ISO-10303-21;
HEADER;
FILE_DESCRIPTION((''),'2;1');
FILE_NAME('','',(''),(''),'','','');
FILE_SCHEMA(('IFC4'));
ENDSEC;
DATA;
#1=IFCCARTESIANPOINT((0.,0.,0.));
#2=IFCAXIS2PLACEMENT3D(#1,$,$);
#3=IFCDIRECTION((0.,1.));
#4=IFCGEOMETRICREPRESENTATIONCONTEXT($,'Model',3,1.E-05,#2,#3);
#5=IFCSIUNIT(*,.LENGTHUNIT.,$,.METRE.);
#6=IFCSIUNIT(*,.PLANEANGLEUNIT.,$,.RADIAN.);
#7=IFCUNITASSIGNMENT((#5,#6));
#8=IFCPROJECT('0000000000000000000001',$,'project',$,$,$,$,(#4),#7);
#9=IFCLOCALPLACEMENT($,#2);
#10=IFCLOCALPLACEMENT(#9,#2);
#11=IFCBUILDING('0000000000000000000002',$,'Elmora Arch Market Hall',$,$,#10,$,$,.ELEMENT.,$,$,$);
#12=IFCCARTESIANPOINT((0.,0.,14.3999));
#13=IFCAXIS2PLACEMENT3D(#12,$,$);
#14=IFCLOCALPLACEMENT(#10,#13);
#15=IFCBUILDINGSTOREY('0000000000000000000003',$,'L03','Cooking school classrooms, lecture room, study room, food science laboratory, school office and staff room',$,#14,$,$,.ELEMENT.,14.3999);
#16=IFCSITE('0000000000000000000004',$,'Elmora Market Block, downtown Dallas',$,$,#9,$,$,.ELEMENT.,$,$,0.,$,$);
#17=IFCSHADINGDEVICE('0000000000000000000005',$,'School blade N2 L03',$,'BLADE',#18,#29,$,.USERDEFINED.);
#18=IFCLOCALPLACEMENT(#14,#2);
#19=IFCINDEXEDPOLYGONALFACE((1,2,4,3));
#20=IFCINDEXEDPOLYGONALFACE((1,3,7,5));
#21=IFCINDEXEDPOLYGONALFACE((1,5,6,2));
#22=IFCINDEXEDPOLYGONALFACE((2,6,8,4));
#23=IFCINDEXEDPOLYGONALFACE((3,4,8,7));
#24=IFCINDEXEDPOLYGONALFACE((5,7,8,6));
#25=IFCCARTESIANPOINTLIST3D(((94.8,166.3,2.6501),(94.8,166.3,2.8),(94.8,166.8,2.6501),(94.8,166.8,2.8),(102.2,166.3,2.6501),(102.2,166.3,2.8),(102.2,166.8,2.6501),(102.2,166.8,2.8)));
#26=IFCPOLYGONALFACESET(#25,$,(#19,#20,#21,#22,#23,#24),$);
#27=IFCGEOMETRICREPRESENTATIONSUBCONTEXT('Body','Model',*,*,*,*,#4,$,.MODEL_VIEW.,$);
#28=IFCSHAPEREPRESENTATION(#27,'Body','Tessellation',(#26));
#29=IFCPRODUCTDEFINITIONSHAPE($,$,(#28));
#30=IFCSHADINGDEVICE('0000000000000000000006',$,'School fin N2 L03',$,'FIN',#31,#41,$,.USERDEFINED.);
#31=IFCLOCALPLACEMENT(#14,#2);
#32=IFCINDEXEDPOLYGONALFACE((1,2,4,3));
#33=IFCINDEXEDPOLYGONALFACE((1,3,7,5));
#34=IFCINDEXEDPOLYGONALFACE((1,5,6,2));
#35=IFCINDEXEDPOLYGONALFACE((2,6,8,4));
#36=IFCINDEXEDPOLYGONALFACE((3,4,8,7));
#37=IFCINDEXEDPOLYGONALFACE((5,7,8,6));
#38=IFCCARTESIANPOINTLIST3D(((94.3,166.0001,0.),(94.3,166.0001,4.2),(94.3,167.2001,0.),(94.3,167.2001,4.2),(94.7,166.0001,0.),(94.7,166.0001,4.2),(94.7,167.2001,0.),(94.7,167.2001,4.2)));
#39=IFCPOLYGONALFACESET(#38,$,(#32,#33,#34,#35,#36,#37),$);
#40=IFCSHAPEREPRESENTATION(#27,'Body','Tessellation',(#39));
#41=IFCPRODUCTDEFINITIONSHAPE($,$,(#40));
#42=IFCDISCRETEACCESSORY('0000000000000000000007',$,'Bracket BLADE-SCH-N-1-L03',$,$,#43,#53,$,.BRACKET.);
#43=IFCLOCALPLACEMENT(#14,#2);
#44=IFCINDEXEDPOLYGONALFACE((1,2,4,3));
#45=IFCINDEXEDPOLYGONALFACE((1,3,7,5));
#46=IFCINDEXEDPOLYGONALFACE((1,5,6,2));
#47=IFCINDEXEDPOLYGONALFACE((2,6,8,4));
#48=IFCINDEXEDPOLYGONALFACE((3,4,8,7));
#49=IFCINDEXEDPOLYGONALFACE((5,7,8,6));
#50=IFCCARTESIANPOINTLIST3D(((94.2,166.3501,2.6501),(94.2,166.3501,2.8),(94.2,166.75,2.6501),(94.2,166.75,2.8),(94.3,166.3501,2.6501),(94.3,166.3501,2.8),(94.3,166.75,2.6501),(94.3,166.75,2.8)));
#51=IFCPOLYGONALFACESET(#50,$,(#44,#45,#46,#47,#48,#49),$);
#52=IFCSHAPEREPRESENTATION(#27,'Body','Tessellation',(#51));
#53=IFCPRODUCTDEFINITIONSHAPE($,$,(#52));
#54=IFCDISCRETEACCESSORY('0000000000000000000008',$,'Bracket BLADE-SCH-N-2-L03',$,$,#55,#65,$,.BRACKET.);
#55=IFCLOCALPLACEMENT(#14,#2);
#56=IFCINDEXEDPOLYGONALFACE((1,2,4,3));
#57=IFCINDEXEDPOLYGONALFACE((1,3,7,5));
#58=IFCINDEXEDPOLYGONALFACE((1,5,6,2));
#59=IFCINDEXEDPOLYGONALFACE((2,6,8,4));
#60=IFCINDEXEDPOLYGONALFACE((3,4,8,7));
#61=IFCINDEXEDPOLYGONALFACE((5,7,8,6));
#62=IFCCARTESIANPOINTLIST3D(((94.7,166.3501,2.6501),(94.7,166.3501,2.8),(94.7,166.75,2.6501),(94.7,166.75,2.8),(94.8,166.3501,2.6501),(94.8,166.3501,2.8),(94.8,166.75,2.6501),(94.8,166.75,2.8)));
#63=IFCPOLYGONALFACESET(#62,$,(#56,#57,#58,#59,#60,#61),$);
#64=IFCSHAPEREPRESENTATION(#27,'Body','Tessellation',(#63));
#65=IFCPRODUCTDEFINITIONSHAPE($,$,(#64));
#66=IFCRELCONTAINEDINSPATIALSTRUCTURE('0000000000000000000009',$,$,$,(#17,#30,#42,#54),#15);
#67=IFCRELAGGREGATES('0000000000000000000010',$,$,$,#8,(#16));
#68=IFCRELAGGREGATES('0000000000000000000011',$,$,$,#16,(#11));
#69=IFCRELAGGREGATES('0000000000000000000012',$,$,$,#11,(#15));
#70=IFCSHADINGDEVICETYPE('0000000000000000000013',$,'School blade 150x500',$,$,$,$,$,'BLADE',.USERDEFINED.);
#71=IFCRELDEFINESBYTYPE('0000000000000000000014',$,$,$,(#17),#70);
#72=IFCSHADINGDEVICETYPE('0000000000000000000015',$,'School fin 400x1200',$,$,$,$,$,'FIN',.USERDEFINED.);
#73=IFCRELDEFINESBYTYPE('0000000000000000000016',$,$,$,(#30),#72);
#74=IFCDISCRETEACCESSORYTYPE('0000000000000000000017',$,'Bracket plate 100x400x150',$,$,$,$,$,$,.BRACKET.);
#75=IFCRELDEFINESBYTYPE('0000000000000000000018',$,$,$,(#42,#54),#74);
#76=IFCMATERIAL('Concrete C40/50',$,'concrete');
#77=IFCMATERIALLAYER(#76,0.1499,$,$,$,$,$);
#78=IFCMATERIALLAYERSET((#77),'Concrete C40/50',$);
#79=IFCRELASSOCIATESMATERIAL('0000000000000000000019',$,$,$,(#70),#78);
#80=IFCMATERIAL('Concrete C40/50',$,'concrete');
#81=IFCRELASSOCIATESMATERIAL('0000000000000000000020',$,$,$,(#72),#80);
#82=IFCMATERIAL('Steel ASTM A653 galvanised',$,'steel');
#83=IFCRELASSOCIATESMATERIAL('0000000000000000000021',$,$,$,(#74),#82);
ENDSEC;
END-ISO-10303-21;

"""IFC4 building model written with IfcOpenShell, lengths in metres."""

from ifc_helpers import new_model, si_unit, direction, frame, origin, origin_2d, place, context, subcontext, project, spatial, rectangle, extrude, material, layer, layer_set, type_object, element, save


model = new_model("IFC4")

# Units and contexts
model_context = context("Model", 3, precision=1e-05, world=origin(), true_north=direction((0.0, 1.0)))
body_context = subcontext(model_context, "Body", "Model", "MODEL_VIEW")
ifc_project = project(units=[si_unit("LENGTHUNIT", "METRE"), si_unit("PLANEANGLEUNIT", "RADIAN")], contexts=[model_context])

# Site, building, storey
site_placement = place(None, origin())
site = spatial("IfcSite", under=ifc_project, at=site_placement, Name="Elmora Market Block, downtown Dallas", CompositionType="ELEMENT", RefElevation=0.0)
building_placement = place(site_placement, origin())
building = spatial("IfcBuilding", under=site, at=building_placement, Name="Elmora Arch Market Hall", CompositionType="ELEMENT")
storey_placement = place(building_placement, frame((0.0, 0.0, 14.3999)))
storey = spatial("IfcBuildingStorey", under=building, at=storey_placement, Name="L03", Description="Cooking school classrooms, lecture room, study room, food science laboratory, school office and staff room", CompositionType="ELEMENT", Elevation=14.3999)

# Shading devices
ifc_material_1 = material(Name="Concrete C40/50", Category="concrete")
ifc_layer_1 = layer(ifc_material_1, 0.1499)
ifc_layer_set_1 = layer_set([ifc_layer_1], Name="Concrete C40/50")
shading_device_type_1 = type_object("IfcShadingDeviceType", Name="School blade 150x500", ElementType="BLADE", PredefinedType="USERDEFINED", material=ifc_layer_set_1)
for number, where, z_axis, x_axis, name in (
    (1, (98.5, 166.55, 2.6501), (0.0, 0.0, 1.0), (1.0, 0.0, 0.0), "School blade N2 L03"),
):
    element("IfcShadingDevice", number, at=place(storey_placement, frame(where, z_axis=z_axis, x_axis=x_axis)), inside=storey, type_object=shading_device_type_1, Name=name, ObjectType="BLADE", PredefinedType="USERDEFINED", context=body_context, shape_type="SweptSolid", body=[
        extrude(rectangle(XDim=7.3999, YDim=0.5, at=origin_2d()), origin(), (0.0, 0.0, 1.0), 0.1499),
    ])
ifc_material_2 = material(Name="Concrete C40/50", Category="concrete")
shading_device_type_2 = type_object("IfcShadingDeviceType", Name="School fin 400x1200", ElementType="FIN", PredefinedType="USERDEFINED", material=ifc_material_2)
shading_device_placement = place(storey_placement, frame((94.5, 166.6001, 0.0), z_axis=(0.0, 0.0, 1.0), x_axis=(1.0, 0.0, 0.0)))
element("IfcShadingDevice", 2, at=shading_device_placement, inside=storey, type_object=shading_device_type_2, Name="School fin N2 L03", ObjectType="FIN", PredefinedType="USERDEFINED", context=body_context, shape_type="SweptSolid", body=[
    extrude(rectangle(XDim=0.3999, YDim=1.2, at=origin_2d()), origin(), (0.0, 0.0, 1.0), 4.2),
])

# Discrete accessories
ifc_material_3 = material(Name="Steel ASTM A653 galvanised", Category="steel")
discrete_accessory_type = type_object("IfcDiscreteAccessoryType", Name="Bracket plate 100x400x150", PredefinedType="BRACKET", material=ifc_material_3)
for number, where, z_axis, x_axis, name in (
    (3, (94.25, 166.55, 2.6501), (0.0, 0.0, 1.0), (1.0, 0.0, 0.0), "Bracket BLADE-SCH-N-1-L03"),
    (4, (94.75, 166.55, 2.6501), (0.0, 0.0, 1.0), (1.0, 0.0, 0.0), "Bracket BLADE-SCH-N-2-L03"),
):
    element("IfcDiscreteAccessory", number, at=place(storey_placement, frame(where, z_axis=z_axis, x_axis=x_axis)), inside=storey, type_object=discrete_accessory_type, Name=name, PredefinedType="BRACKET", context=body_context, shape_type="SweptSolid", body=[
        extrude(rectangle(XDim=0.1001, YDim=0.3999, at=origin_2d()), origin(), (0.0, 0.0, 1.0), 0.1499),
    ])

save(model, "model.ifc")
